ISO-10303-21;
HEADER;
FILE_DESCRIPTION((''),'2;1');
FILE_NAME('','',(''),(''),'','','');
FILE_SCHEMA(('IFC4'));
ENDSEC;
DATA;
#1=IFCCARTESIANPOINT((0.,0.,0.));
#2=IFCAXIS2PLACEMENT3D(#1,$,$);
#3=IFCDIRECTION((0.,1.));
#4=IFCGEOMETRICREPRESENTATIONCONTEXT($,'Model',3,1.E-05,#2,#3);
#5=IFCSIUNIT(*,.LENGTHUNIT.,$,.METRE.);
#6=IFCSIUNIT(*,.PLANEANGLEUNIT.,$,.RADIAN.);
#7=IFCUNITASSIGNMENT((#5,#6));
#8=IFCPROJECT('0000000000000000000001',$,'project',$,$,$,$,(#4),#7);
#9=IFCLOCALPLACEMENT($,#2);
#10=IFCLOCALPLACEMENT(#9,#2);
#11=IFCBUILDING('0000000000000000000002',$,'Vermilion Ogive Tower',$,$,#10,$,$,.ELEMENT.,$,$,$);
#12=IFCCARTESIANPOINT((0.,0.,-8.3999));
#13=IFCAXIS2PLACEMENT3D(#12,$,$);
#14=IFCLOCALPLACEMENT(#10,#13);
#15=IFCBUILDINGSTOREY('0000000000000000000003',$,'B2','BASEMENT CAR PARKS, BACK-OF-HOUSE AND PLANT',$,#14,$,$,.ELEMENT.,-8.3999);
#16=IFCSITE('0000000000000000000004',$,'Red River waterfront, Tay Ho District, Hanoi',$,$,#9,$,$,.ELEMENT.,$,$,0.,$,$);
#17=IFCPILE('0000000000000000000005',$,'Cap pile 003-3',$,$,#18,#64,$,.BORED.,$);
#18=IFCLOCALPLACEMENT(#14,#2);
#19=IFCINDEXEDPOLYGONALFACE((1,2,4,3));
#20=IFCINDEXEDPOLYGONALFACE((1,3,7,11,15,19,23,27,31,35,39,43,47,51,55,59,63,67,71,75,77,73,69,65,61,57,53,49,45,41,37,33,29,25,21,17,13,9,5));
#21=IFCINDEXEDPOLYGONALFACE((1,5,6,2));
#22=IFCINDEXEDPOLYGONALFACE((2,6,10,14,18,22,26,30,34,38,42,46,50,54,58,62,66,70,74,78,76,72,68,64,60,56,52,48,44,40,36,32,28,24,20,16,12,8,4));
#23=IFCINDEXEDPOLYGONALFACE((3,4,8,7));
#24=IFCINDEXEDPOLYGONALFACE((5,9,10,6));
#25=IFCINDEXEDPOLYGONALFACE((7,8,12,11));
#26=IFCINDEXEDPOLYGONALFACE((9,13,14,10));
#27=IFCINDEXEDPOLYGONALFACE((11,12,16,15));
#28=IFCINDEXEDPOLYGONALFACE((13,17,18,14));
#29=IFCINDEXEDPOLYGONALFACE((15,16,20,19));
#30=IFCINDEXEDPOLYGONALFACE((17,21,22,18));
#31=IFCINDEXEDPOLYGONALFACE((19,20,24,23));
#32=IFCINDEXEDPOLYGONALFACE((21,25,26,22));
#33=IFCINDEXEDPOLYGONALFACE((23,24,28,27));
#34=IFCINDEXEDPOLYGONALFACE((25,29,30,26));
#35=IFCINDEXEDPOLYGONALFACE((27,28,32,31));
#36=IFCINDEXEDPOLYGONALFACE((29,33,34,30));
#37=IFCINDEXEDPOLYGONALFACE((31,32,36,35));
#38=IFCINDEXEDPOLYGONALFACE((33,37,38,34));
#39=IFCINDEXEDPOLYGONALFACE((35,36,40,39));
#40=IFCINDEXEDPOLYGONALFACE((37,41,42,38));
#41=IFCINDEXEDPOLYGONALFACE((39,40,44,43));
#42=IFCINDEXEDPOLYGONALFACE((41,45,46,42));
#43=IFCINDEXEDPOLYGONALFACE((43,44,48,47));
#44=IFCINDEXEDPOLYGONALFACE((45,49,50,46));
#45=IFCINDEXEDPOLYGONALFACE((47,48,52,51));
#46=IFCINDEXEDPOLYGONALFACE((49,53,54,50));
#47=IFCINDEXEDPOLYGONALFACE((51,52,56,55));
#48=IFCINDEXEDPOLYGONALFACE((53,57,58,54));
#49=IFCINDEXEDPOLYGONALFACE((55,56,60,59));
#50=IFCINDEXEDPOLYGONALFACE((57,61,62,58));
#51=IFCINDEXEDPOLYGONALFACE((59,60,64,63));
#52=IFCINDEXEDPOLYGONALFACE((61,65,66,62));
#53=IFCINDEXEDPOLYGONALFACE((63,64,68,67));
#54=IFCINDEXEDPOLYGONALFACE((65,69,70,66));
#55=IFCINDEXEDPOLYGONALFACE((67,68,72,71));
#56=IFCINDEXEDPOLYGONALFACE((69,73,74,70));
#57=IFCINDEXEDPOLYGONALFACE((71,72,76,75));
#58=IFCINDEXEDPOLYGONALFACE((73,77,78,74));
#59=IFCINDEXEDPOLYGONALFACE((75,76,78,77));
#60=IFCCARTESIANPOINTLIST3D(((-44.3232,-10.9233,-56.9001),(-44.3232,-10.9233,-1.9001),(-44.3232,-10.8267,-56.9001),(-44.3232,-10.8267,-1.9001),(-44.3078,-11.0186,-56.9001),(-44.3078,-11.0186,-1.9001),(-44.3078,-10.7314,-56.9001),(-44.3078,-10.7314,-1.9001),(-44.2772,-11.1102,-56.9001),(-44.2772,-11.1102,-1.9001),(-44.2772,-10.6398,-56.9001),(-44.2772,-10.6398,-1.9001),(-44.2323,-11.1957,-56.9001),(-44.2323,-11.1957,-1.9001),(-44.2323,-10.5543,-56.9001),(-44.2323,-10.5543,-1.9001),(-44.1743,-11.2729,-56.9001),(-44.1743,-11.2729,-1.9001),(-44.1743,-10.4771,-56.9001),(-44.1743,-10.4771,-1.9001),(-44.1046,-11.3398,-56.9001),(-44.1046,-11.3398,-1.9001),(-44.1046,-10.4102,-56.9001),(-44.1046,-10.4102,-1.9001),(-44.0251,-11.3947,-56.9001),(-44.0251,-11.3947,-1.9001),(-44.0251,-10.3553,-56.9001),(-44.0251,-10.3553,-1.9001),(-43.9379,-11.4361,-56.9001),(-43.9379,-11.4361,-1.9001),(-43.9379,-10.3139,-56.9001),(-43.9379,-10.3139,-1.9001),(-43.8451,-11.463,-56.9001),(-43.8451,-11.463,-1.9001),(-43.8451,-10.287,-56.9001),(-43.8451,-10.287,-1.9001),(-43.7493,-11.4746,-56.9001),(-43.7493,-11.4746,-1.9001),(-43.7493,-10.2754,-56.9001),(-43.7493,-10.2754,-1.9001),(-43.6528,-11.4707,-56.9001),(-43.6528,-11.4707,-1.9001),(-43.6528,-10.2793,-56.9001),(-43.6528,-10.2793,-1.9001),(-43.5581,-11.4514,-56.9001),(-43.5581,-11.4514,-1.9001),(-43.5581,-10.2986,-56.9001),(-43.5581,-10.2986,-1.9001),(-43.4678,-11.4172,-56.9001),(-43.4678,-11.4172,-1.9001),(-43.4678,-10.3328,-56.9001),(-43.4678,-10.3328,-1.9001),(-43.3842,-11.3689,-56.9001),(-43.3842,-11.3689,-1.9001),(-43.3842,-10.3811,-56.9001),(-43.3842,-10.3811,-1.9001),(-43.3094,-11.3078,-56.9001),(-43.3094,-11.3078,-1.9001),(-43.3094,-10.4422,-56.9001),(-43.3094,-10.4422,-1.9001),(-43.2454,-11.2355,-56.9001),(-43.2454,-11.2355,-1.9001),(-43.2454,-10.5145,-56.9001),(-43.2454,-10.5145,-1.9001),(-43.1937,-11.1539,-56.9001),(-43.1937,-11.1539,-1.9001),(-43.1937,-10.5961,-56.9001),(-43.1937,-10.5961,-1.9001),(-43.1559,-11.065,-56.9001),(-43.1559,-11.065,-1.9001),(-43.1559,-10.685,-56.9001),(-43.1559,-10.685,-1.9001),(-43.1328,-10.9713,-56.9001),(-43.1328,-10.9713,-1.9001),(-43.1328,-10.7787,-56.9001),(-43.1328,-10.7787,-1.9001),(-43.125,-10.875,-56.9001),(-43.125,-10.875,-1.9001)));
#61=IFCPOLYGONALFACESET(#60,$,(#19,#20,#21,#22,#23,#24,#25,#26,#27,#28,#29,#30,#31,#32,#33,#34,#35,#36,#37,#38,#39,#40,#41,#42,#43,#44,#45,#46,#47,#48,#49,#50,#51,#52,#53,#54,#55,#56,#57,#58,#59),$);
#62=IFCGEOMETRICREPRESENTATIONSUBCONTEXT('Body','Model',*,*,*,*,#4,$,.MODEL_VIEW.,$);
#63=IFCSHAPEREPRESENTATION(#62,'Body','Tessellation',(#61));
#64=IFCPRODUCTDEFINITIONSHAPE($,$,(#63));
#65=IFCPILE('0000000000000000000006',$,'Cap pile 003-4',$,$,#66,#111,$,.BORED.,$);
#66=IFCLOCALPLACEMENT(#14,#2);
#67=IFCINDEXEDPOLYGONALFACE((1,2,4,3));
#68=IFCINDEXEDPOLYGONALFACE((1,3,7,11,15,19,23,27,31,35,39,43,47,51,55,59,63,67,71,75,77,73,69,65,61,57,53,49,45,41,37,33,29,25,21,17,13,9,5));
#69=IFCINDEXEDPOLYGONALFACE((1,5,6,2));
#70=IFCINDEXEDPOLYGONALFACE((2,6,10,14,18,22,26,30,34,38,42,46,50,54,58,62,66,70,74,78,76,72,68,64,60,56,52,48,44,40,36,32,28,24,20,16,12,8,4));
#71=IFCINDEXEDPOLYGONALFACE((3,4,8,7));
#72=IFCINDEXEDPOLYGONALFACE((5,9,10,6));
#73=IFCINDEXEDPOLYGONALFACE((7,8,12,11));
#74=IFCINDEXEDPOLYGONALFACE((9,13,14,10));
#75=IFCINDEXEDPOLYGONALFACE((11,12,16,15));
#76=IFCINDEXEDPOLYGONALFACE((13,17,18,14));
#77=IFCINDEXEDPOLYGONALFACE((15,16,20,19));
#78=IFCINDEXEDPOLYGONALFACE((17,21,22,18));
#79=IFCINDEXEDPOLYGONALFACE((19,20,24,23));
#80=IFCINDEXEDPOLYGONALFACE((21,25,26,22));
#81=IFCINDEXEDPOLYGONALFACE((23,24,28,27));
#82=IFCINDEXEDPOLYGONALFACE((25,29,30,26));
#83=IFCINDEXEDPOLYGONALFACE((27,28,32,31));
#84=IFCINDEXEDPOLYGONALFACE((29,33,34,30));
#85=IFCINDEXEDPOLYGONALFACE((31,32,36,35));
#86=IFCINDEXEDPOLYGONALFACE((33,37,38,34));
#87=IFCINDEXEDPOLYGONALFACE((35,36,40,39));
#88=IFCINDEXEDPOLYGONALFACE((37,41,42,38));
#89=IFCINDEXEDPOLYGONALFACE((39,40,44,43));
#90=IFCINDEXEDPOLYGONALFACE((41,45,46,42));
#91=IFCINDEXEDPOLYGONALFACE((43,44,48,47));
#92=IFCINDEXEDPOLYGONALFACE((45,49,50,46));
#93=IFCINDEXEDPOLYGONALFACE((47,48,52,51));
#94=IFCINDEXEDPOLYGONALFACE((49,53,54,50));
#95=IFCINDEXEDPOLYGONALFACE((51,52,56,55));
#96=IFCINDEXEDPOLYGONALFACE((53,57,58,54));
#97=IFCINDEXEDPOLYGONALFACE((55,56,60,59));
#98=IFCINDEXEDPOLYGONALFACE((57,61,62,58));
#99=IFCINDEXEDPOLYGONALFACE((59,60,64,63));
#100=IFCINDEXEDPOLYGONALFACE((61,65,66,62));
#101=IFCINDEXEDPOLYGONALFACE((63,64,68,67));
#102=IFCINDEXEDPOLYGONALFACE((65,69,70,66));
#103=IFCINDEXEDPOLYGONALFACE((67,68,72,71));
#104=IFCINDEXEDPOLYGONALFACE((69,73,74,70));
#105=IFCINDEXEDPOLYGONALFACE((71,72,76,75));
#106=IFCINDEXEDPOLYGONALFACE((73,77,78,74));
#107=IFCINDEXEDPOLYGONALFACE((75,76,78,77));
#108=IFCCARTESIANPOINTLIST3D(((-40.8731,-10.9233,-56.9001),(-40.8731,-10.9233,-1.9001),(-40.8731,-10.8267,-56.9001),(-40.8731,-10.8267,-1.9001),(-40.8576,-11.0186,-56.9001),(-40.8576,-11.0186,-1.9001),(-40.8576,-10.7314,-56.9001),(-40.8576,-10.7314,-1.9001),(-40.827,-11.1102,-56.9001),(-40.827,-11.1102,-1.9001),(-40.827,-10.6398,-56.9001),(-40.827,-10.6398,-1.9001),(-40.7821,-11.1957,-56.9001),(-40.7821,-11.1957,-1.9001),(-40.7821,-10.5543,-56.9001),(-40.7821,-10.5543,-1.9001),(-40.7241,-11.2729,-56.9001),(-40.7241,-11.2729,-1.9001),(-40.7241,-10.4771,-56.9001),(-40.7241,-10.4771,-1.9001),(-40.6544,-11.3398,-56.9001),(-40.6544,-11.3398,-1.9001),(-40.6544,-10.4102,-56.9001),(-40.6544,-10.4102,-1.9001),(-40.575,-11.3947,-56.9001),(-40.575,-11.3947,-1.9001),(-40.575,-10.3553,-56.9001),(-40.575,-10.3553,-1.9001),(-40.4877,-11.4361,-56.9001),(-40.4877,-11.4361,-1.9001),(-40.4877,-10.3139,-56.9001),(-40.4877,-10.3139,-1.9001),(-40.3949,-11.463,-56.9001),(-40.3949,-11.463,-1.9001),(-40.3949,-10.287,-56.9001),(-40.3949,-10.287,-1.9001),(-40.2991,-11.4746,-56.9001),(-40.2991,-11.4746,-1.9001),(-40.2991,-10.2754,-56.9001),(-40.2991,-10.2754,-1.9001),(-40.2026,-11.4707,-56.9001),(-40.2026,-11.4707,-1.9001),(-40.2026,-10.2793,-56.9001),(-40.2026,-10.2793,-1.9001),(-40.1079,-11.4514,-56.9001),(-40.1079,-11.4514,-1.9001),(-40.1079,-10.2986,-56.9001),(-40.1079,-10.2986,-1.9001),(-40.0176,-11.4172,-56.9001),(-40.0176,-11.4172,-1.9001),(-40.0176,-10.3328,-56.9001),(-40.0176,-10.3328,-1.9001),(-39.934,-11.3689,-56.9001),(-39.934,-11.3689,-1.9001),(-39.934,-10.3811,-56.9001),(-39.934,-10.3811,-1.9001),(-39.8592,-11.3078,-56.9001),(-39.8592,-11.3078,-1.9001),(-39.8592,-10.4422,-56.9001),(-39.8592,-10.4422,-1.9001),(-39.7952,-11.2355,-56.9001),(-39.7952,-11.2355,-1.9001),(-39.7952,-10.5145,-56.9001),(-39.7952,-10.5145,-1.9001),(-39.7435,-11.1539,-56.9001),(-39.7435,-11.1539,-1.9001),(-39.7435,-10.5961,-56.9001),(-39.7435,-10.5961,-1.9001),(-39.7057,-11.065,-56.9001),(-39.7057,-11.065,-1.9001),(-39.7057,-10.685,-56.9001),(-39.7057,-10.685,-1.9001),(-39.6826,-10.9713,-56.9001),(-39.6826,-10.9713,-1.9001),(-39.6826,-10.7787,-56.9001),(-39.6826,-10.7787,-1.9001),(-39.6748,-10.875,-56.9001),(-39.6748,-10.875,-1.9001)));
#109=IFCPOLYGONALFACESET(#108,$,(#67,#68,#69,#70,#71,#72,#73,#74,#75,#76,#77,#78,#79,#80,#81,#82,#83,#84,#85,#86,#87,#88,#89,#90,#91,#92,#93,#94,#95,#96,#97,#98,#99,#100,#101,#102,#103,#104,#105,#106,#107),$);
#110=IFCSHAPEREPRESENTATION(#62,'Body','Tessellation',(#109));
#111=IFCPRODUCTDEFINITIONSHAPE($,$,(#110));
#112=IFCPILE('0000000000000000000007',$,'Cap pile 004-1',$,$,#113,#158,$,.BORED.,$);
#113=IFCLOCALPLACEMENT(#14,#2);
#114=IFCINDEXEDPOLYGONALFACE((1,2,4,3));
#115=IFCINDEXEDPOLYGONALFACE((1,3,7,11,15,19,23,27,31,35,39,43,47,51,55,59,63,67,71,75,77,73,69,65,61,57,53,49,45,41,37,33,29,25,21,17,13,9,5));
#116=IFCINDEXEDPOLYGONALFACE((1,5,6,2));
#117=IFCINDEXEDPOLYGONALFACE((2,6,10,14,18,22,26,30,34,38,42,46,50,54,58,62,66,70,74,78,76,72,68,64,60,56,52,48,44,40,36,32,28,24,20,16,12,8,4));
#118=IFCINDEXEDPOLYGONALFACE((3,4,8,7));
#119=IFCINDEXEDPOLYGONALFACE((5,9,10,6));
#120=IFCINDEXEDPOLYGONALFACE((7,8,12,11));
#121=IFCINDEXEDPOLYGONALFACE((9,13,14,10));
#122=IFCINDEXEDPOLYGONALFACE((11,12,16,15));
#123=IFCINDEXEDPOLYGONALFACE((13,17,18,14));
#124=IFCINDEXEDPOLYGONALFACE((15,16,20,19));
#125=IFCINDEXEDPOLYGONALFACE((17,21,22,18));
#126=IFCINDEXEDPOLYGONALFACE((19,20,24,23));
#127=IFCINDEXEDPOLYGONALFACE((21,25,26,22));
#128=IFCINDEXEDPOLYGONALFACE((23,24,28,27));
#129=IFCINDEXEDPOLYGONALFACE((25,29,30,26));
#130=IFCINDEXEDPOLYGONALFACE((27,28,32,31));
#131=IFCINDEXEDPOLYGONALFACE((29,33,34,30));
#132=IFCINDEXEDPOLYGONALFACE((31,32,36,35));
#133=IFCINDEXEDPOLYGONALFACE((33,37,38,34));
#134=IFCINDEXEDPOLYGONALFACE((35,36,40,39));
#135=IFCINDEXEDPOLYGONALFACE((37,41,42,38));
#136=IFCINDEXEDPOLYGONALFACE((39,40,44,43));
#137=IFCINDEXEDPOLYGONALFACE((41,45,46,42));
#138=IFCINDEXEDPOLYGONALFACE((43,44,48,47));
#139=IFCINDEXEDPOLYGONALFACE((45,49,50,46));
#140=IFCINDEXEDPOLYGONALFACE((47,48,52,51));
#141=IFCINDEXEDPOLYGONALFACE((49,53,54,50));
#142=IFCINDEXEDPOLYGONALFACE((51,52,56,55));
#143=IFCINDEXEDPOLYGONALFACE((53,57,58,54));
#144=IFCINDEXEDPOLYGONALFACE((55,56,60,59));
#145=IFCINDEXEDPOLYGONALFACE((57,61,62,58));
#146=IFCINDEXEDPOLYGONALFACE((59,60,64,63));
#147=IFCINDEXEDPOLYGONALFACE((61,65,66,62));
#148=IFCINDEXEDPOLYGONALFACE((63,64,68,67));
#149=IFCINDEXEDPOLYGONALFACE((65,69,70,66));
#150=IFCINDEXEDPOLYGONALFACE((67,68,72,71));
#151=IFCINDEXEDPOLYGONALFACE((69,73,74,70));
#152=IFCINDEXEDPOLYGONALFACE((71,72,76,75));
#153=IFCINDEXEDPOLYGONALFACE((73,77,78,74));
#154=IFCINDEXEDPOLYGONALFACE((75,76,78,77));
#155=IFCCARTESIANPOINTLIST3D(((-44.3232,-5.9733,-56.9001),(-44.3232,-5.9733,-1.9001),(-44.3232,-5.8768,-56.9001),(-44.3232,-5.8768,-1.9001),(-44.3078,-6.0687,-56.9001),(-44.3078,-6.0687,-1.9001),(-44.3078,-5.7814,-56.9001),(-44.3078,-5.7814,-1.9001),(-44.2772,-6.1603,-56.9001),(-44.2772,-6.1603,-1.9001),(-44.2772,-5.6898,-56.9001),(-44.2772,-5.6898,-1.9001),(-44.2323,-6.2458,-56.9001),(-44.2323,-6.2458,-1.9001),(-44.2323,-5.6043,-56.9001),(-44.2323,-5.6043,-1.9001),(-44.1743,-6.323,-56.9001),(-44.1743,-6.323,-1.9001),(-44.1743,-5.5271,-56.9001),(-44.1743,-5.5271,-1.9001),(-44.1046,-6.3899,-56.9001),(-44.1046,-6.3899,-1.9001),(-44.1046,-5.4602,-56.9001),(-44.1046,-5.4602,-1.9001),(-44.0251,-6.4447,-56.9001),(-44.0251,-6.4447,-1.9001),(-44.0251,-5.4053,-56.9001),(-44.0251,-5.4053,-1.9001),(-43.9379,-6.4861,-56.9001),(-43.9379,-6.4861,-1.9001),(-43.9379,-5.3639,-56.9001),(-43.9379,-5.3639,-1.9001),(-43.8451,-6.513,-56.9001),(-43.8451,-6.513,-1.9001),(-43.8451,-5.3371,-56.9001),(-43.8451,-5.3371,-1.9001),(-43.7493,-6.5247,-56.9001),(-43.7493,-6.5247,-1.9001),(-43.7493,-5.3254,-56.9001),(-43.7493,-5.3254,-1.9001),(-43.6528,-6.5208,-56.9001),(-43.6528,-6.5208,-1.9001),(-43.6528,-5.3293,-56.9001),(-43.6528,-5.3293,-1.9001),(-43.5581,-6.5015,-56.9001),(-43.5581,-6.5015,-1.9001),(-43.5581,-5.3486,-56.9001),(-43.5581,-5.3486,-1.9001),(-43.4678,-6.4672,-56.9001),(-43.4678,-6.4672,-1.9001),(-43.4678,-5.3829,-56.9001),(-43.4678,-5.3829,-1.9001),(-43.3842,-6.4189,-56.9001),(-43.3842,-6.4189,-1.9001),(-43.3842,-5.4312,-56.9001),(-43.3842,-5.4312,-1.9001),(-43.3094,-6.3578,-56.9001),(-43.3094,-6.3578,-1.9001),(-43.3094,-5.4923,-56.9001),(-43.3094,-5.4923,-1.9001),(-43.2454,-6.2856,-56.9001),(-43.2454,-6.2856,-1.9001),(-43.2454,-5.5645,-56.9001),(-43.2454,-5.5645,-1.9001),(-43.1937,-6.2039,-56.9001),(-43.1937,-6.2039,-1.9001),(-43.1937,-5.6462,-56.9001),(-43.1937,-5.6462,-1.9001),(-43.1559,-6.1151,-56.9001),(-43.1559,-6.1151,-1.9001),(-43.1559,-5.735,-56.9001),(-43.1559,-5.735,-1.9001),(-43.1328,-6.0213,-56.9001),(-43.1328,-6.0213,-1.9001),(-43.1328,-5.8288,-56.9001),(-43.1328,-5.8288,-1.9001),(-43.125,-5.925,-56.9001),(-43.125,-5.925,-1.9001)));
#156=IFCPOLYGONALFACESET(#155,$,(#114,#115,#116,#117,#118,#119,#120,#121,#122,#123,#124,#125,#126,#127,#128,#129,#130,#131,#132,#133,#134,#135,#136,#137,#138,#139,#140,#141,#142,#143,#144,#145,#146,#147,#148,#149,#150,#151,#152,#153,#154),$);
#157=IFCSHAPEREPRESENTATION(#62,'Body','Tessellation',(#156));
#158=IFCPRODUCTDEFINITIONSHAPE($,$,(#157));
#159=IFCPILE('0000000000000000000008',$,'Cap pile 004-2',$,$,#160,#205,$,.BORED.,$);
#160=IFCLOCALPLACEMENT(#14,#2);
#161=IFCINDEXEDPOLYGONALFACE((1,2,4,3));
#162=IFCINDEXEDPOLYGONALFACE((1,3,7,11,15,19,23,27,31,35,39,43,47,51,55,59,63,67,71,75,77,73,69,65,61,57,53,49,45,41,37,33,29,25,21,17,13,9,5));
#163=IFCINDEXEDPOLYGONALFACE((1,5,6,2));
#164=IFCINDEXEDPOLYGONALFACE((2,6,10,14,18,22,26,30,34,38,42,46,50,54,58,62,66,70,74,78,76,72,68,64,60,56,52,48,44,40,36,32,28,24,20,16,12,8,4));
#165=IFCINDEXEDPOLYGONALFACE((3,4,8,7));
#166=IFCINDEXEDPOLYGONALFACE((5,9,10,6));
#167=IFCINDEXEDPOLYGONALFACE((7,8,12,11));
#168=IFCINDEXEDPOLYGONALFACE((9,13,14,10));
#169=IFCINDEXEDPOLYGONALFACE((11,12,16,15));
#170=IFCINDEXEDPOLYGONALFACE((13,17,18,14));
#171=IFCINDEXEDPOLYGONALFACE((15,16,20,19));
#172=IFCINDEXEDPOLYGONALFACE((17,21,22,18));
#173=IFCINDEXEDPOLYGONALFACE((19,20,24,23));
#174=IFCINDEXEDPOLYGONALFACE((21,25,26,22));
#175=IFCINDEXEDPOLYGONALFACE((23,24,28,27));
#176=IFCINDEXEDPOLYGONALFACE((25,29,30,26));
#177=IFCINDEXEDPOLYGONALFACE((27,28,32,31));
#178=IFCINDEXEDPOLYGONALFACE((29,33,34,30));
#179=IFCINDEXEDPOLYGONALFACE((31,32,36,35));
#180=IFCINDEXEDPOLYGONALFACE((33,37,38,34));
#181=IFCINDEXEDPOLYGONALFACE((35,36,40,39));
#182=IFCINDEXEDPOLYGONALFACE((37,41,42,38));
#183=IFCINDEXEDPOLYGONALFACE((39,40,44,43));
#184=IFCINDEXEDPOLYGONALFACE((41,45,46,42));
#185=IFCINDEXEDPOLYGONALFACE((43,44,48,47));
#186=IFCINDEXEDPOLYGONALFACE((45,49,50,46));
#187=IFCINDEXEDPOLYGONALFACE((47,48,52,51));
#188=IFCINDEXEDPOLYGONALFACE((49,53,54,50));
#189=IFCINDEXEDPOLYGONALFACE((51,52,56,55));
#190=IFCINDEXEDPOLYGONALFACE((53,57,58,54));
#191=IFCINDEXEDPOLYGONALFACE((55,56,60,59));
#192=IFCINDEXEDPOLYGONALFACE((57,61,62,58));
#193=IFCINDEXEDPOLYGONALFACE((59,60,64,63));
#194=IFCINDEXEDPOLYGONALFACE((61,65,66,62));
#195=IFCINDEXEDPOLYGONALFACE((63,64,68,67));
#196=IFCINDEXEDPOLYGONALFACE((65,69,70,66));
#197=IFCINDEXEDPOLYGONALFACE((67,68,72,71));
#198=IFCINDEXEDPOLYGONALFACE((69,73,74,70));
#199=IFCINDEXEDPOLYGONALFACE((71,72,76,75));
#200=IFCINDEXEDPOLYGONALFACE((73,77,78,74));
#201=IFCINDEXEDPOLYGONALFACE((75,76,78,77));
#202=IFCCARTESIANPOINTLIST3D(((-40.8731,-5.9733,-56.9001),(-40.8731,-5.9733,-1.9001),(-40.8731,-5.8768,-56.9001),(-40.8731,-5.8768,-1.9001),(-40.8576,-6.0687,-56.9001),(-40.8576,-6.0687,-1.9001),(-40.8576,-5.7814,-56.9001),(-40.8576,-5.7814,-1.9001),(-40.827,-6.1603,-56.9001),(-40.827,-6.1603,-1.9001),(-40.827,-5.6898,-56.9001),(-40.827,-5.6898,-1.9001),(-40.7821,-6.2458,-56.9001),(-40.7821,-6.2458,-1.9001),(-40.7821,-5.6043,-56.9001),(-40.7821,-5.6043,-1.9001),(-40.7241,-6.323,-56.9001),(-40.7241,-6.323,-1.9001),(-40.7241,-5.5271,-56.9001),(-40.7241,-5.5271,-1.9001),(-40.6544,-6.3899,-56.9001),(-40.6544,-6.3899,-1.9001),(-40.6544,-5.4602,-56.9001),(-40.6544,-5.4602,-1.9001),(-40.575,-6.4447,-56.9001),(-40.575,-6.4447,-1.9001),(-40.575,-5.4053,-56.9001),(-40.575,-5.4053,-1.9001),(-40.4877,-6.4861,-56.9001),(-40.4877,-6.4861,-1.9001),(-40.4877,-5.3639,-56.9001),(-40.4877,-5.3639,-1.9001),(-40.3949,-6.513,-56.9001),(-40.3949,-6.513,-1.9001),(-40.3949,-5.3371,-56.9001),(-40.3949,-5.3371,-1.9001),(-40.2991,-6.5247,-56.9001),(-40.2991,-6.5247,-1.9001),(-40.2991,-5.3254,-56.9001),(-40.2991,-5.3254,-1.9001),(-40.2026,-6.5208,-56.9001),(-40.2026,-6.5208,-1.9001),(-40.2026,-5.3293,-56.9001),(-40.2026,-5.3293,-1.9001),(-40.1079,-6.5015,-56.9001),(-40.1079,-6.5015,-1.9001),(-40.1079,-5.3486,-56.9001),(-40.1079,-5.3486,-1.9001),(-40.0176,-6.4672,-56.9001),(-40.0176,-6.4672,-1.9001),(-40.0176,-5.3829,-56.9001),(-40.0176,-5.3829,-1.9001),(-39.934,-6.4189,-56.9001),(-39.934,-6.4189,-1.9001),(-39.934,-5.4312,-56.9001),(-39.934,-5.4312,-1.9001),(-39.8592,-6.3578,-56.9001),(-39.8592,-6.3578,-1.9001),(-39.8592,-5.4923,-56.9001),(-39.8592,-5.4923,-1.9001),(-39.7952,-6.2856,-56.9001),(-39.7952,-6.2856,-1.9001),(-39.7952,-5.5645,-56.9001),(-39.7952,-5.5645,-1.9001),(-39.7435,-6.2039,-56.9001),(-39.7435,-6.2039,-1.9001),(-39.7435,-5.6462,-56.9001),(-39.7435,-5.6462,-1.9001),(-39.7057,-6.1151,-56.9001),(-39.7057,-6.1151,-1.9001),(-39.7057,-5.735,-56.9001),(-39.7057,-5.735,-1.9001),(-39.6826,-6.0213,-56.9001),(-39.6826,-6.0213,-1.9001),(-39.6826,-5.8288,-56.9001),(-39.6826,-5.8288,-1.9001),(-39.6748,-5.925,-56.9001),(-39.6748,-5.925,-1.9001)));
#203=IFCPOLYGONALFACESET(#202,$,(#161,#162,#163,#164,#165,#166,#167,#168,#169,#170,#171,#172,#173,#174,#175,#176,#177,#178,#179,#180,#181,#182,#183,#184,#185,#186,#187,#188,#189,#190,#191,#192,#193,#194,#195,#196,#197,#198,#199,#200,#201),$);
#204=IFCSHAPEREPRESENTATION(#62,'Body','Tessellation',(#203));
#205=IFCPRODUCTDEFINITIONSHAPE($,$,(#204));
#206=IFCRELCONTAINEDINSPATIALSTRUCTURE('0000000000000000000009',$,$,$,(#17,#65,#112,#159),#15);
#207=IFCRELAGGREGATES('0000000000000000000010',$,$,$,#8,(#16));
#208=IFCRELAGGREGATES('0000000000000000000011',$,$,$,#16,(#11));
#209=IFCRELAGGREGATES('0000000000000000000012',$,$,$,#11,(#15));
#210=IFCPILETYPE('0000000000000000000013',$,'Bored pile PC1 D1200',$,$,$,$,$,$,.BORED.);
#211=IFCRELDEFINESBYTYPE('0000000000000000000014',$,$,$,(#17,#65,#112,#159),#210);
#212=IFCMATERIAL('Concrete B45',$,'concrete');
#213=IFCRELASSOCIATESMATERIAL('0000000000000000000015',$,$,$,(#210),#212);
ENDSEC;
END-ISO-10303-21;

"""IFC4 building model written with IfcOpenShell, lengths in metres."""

from ifc_helpers import new_model, si_unit, direction, frame, origin, origin_2d, place, context, subcontext, project, spatial, circle, extrude, material, type_object, element, save


model = new_model("IFC4")

# Units and contexts
model_context = context("Model", 3, precision=1e-05, world=origin(), true_north=direction((0.0, 1.0)))
body_context = subcontext(model_context, "Body", "Model", "MODEL_VIEW")
ifc_project = project(units=[si_unit("LENGTHUNIT", "METRE"), si_unit("PLANEANGLEUNIT", "RADIAN")], contexts=[model_context])

# Site, building, storey
site_placement = place(None, origin())
site = spatial("IfcSite", under=ifc_project, at=site_placement, Name="Red River waterfront, Tay Ho District, Hanoi", CompositionType="ELEMENT", RefElevation=0.0)
building_placement = place(site_placement, origin())
building = spatial("IfcBuilding", under=site, at=building_placement, Name="Vermilion Ogive Tower", CompositionType="ELEMENT")
storey_placement = place(building_placement, frame((0.0, 0.0, -8.3999)))
storey = spatial("IfcBuildingStorey", under=building, at=storey_placement, Name="B2", Description="BASEMENT CAR PARKS, BACK-OF-HOUSE AND PLANT", CompositionType="ELEMENT", Elevation=-8.3999)

# Piles
ifc_material_1 = material(Name="Concrete B45", Category="concrete")
pile_type_1 = type_object("IfcPileType", Name="Bored pile PC1 D1200", PredefinedType="BORED", material=ifc_material_1)
for number, where, z_axis, x_axis, name in (
    (1, (-43.7251, -10.875, -1.9001), (0.0, 0.0, -1.0), (1.0, 0.0, 0.0), "Cap pile 003-3"),
    (2, (-40.2749, -10.875, -1.9001), (0.0, 0.0, -1.0), (1.0, 0.0, 0.0), "Cap pile 003-4"),
    (3, (-43.7251, -5.925, -1.9001), (0.0, 0.0, -1.0), (1.0, 0.0, 0.0), "Cap pile 004-1"),
    (4, (-40.2749, -5.925, -1.9001), (0.0, 0.0, -1.0), (1.0, 0.0, 0.0), "Cap pile 004-2"),
):
    element("IfcPile", number, at=place(storey_placement, frame(where, z_axis=z_axis, x_axis=x_axis)), inside=storey, type_object=pile_type_1, Name=name, PredefinedType="BORED", context=body_context, shape_type="SweptSolid", body=[
        extrude(circle(Radius=0.6001, at=origin_2d()), origin(), (0.0, 0.0, 1.0), 55.0),
    ])

save(model, "model.ifc")
